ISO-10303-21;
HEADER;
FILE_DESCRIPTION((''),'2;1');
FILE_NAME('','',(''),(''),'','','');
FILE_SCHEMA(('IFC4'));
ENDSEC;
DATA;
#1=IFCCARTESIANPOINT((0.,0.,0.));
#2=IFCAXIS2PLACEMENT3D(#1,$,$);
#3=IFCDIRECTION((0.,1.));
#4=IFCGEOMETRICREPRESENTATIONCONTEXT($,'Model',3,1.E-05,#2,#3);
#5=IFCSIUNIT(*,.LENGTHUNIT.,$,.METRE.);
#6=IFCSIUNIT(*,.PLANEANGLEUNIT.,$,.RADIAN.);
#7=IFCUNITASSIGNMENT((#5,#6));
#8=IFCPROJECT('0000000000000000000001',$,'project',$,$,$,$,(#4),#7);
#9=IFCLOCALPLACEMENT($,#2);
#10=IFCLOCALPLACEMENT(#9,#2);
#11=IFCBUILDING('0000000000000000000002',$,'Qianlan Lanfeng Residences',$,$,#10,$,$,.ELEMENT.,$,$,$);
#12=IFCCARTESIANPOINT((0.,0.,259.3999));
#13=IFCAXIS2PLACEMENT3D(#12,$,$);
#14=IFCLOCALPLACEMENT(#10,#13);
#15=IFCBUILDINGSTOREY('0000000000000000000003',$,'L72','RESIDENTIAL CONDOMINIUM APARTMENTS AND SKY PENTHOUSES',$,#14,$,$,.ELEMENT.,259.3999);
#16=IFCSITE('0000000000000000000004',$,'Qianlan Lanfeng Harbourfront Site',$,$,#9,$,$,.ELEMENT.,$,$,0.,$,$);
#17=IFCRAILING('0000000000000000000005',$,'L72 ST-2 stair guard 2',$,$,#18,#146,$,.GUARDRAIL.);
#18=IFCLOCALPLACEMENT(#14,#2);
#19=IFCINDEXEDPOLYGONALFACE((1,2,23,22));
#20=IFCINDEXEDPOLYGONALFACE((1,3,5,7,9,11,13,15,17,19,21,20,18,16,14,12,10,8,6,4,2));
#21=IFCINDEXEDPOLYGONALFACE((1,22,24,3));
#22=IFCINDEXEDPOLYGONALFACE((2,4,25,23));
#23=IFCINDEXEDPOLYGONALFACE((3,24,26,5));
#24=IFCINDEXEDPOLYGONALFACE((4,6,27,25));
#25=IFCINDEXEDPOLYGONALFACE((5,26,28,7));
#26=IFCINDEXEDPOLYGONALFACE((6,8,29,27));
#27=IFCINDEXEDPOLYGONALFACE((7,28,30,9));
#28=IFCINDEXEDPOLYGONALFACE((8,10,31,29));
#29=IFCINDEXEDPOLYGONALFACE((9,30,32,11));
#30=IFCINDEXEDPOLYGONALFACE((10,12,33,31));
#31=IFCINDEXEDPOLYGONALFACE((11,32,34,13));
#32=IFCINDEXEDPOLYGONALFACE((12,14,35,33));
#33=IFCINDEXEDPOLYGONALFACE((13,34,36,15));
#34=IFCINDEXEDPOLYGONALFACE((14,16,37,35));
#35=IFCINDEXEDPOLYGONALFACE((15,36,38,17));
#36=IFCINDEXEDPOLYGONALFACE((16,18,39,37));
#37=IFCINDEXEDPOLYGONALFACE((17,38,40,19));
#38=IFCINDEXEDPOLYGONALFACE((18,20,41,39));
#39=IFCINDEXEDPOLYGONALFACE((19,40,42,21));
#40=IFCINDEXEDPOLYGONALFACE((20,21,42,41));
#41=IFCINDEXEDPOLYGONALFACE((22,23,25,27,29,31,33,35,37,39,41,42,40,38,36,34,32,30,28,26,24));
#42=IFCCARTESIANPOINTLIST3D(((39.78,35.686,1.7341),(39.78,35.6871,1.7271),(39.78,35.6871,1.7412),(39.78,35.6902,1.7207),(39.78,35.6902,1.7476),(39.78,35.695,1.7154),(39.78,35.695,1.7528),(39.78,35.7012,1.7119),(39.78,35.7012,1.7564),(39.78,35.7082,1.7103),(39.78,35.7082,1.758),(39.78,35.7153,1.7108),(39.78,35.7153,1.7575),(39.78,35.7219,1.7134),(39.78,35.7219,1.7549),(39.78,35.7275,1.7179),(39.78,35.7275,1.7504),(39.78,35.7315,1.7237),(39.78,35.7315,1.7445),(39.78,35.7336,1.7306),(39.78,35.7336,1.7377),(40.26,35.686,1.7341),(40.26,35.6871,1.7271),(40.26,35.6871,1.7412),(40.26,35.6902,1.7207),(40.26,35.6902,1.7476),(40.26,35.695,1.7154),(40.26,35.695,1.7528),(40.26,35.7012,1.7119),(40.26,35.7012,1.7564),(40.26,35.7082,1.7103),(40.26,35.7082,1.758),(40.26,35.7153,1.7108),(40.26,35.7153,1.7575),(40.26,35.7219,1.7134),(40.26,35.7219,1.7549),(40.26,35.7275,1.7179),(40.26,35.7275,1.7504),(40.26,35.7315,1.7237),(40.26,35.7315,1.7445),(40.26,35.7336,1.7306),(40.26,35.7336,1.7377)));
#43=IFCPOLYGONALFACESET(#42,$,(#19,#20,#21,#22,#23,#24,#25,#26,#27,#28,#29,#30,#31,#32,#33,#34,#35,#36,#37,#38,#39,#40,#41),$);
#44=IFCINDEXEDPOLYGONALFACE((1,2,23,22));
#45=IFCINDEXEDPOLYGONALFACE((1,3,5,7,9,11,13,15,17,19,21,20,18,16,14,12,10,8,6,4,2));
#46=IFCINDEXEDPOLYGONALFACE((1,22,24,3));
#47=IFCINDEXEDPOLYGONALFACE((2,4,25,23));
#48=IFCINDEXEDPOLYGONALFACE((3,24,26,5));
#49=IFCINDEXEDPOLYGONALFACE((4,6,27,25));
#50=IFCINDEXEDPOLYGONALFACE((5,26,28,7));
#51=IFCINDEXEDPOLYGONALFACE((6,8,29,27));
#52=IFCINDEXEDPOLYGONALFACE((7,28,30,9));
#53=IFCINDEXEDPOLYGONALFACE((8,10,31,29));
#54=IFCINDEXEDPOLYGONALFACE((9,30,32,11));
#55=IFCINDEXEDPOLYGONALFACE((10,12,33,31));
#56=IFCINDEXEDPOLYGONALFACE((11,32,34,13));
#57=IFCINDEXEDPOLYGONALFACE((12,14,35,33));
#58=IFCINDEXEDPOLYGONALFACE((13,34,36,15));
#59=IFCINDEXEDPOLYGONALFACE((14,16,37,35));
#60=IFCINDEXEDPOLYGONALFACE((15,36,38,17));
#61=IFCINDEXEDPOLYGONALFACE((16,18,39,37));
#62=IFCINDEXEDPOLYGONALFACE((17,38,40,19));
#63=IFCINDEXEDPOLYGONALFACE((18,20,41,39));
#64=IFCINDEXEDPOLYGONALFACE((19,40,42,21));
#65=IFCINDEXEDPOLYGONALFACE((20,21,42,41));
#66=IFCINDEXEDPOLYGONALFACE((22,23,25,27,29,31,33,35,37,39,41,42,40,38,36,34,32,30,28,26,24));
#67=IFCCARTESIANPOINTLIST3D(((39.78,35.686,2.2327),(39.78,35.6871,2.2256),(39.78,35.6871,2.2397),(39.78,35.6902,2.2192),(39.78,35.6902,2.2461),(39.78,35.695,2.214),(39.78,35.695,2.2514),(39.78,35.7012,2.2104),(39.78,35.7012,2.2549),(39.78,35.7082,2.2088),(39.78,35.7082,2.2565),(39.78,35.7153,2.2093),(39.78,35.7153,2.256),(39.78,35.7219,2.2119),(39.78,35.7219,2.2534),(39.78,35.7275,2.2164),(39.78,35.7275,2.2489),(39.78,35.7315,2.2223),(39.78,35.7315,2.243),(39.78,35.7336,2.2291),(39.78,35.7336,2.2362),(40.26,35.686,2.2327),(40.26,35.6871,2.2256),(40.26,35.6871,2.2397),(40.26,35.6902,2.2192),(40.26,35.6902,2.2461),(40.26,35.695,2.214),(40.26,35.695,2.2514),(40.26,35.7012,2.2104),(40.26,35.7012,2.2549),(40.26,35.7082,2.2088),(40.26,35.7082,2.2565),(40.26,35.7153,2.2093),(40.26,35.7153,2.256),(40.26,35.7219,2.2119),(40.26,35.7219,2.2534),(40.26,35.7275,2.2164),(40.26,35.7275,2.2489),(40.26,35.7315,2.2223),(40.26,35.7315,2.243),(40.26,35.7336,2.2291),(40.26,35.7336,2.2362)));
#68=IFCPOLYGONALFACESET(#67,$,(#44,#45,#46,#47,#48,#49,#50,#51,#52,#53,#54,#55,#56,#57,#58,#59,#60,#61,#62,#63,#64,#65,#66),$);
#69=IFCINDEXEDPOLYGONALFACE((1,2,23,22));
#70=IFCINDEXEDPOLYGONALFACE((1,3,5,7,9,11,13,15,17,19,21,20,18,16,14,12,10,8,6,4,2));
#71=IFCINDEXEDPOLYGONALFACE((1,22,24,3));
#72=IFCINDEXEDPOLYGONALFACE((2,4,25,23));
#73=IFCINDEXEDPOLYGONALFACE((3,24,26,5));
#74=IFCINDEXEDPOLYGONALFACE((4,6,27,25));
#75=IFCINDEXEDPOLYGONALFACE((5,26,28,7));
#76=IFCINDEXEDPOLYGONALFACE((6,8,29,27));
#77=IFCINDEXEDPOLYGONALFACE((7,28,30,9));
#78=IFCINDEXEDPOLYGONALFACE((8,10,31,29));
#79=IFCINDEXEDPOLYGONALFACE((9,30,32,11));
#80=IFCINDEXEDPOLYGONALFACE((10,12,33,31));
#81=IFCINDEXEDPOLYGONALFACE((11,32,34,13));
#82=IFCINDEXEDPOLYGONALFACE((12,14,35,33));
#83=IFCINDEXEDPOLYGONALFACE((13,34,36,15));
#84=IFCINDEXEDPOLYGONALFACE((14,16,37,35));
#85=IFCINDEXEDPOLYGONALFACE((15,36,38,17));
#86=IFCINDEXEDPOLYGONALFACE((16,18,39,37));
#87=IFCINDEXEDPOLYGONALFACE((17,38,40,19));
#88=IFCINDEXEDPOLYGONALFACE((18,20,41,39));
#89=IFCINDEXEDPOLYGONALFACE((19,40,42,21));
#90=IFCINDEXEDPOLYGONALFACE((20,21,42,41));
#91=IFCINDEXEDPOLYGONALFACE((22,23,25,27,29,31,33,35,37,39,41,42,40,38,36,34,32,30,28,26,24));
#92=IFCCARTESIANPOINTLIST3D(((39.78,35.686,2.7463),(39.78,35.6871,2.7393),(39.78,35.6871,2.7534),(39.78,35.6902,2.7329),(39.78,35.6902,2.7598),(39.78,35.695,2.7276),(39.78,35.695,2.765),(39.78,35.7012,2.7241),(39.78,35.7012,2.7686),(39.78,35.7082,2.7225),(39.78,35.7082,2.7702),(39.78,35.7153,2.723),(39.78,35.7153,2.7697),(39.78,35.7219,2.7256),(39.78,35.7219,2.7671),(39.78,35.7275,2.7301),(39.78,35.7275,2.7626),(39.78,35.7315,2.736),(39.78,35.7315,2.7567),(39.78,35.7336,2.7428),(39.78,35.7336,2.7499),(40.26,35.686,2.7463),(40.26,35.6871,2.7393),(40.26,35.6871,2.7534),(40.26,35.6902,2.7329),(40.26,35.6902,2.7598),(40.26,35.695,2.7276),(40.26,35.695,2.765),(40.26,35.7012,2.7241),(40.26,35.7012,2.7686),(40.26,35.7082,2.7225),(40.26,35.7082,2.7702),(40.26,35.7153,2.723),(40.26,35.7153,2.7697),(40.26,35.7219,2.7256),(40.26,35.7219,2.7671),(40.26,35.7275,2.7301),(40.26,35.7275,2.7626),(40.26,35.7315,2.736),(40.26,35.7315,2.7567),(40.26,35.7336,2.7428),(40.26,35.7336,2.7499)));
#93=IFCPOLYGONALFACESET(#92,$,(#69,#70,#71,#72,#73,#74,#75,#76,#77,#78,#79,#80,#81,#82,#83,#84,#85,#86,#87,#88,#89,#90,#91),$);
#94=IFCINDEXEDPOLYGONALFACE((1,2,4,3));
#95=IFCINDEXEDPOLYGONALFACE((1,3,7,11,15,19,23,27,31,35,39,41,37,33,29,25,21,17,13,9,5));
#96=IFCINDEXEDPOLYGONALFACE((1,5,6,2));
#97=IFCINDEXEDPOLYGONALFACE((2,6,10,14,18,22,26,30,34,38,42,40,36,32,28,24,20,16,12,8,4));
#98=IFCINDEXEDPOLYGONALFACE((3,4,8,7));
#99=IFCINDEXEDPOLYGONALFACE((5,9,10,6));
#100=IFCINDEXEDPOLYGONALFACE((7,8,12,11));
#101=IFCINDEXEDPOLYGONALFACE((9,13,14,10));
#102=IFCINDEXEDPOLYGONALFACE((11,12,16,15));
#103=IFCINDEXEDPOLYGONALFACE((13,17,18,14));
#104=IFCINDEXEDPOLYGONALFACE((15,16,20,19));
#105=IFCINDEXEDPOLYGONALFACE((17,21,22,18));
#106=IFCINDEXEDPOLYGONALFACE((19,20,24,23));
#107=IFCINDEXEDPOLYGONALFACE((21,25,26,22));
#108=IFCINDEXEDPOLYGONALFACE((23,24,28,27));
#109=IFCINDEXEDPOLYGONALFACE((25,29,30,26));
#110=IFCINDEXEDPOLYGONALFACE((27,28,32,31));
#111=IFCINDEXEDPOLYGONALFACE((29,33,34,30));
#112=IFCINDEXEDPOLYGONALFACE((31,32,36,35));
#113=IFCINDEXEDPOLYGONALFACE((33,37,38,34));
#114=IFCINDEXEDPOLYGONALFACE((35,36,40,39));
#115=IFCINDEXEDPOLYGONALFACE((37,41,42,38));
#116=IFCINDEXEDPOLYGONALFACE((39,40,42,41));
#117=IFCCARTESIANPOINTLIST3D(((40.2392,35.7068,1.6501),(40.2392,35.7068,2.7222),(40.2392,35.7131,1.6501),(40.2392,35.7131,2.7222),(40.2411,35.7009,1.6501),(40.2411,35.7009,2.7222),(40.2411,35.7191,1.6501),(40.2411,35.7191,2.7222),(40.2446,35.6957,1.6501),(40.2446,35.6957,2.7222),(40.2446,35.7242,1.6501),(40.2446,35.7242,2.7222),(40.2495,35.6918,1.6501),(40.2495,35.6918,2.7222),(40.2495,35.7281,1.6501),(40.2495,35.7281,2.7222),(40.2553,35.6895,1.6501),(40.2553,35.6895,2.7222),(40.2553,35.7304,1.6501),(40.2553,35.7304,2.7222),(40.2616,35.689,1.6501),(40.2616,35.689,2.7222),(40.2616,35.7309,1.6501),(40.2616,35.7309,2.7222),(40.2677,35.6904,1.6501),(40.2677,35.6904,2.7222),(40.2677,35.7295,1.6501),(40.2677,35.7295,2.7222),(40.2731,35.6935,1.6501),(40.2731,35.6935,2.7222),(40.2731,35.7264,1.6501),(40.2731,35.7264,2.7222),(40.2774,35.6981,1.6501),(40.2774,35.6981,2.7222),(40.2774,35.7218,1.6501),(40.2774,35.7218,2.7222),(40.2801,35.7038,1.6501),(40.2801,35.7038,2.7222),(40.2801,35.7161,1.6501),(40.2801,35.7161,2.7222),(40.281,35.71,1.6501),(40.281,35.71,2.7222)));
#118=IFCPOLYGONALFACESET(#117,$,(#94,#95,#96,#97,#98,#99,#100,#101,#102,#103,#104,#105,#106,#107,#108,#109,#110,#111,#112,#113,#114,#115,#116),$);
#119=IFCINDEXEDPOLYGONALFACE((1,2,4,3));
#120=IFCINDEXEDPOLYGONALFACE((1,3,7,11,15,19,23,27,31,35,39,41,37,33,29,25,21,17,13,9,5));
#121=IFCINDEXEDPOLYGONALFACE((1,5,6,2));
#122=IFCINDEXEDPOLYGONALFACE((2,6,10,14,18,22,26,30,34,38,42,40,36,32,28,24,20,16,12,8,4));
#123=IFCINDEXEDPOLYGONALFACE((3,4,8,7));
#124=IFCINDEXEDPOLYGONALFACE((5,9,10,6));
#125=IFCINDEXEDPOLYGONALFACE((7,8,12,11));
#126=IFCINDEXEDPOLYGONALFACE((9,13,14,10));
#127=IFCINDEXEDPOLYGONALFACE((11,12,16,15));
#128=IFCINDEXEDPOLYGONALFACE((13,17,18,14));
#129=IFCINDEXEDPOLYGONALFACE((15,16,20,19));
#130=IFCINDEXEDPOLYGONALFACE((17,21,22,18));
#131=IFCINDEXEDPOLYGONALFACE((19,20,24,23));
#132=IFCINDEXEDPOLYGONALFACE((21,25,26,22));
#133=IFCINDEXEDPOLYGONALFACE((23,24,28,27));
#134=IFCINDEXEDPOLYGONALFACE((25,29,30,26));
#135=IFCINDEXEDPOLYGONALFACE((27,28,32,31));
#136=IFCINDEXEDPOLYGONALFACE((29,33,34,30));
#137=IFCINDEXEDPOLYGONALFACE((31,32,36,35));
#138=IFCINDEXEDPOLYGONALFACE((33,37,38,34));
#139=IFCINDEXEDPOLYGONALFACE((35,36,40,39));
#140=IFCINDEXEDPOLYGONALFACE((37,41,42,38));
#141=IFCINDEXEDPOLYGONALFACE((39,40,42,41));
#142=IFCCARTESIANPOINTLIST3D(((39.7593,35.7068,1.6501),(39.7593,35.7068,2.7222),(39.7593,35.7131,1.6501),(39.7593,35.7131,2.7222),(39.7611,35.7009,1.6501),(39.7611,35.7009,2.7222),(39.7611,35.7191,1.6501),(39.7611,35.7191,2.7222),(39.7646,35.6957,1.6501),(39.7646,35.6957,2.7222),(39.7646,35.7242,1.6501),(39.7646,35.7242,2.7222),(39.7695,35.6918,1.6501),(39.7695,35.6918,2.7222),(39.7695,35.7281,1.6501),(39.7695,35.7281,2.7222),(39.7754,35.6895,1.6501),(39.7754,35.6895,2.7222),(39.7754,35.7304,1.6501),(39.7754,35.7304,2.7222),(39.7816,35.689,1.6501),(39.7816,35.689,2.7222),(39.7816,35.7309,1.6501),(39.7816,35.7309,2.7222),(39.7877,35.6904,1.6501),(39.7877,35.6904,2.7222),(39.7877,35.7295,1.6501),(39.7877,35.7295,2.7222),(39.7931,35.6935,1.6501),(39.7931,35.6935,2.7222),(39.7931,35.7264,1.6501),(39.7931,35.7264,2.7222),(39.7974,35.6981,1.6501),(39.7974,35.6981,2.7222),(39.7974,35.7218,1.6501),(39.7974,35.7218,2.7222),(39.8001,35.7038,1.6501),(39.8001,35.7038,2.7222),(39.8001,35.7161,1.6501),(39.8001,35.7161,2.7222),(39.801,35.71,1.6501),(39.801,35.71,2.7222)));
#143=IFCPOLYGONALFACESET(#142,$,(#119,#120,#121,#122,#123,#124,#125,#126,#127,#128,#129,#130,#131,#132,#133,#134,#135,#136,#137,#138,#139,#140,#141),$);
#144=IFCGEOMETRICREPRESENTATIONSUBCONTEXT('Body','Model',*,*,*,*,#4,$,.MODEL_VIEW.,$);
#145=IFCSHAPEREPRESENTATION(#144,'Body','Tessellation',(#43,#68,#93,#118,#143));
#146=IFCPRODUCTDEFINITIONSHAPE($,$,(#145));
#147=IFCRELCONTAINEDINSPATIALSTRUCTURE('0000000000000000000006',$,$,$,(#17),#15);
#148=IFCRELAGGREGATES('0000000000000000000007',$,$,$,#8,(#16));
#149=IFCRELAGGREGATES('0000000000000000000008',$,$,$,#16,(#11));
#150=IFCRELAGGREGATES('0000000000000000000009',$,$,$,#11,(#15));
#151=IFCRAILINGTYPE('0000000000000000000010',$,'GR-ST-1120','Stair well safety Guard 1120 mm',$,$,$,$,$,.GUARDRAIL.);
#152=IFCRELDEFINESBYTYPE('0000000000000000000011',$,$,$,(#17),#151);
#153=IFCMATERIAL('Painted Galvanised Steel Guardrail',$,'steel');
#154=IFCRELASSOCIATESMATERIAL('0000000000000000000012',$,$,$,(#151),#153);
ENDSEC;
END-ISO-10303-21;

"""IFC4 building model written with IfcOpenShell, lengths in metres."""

from ifc_helpers import new_model, si_unit, direction, frame, origin, origin_2d, place, context, subcontext, project, spatial, circle, extrude, material, type_object, element, save


model = new_model("IFC4")

# Units and contexts
model_context = context("Model", 3, precision=1e-05, world=origin(), true_north=direction((0.0, 1.0)))
body_context = subcontext(model_context, "Body", "Model", "MODEL_VIEW")
ifc_project = project(units=[si_unit("LENGTHUNIT", "METRE"), si_unit("PLANEANGLEUNIT", "RADIAN")], contexts=[model_context])

# Site, building, storey
site_placement = place(None, origin())
site = spatial("IfcSite", under=ifc_project, at=site_placement, Name="Qianlan Lanfeng Harbourfront Site", CompositionType="ELEMENT", RefElevation=0.0)
building_placement = place(site_placement, origin())
building = spatial("IfcBuilding", under=site, at=building_placement, Name="Qianlan Lanfeng Residences", CompositionType="ELEMENT")
storey_placement = place(building_placement, frame((0.0, 0.0, 259.3999)))
storey = spatial("IfcBuildingStorey", under=building, at=storey_placement, Name="L72", Description="RESIDENTIAL CONDOMINIUM APARTMENTS AND SKY PENTHOUSES", CompositionType="ELEMENT", Elevation=259.3999)

# Railing
ifc_material_1 = material(Name="Painted Galvanised Steel Guardrail", Category="steel")
railing_type_1 = type_object("IfcRailingType", Name="GR-ST-1120", Description="Stair well safety Guard 1120 mm", PredefinedType="GUARDRAIL", material=ifc_material_1)
railing_1_placement = place(storey_placement, frame((40.26, 35.71, 1.6501)))
element("IfcRailing", 1, at=railing_1_placement, inside=storey, type_object=railing_type_1, Name="L72 ST-2 stair guard 2", PredefinedType="GUARDRAIL", context=body_context, shape_type="SweptSolid", body=[
    extrude(circle(Radius=0.0239, at=origin_2d()), frame((0.0, 0.0, 0.084), z_axis=(-1.0, 0.0, 0.0), x_axis=(0.0, -1.0, 0.0)), (0.0, 0.0, 1.0), 0.48),
    extrude(circle(Radius=0.0239, at=origin_2d()), frame((0.0, 0.0, 0.5825), z_axis=(-1.0, 0.0, 0.0), x_axis=(0.0, -1.0, 0.0)), (0.0, 0.0, 1.0), 0.48),
    extrude(circle(Radius=0.0239, at=origin_2d()), frame((0.0, 0.0, 1.0962), z_axis=(-1.0, 0.0, 0.0), x_axis=(0.0, -1.0, 0.0)), (0.0, 0.0, 1.0), 0.48),
    extrude(circle(Radius=0.021, at=origin_2d()), origin(), (0.0, 0.0, 1.0), 1.072),
    extrude(circle(Radius=0.021, at=origin_2d()), frame((-0.48, 0.0, 0.0)), (0.0, 0.0, 1.0), 1.072),
])

save(model, "model.ifc")
